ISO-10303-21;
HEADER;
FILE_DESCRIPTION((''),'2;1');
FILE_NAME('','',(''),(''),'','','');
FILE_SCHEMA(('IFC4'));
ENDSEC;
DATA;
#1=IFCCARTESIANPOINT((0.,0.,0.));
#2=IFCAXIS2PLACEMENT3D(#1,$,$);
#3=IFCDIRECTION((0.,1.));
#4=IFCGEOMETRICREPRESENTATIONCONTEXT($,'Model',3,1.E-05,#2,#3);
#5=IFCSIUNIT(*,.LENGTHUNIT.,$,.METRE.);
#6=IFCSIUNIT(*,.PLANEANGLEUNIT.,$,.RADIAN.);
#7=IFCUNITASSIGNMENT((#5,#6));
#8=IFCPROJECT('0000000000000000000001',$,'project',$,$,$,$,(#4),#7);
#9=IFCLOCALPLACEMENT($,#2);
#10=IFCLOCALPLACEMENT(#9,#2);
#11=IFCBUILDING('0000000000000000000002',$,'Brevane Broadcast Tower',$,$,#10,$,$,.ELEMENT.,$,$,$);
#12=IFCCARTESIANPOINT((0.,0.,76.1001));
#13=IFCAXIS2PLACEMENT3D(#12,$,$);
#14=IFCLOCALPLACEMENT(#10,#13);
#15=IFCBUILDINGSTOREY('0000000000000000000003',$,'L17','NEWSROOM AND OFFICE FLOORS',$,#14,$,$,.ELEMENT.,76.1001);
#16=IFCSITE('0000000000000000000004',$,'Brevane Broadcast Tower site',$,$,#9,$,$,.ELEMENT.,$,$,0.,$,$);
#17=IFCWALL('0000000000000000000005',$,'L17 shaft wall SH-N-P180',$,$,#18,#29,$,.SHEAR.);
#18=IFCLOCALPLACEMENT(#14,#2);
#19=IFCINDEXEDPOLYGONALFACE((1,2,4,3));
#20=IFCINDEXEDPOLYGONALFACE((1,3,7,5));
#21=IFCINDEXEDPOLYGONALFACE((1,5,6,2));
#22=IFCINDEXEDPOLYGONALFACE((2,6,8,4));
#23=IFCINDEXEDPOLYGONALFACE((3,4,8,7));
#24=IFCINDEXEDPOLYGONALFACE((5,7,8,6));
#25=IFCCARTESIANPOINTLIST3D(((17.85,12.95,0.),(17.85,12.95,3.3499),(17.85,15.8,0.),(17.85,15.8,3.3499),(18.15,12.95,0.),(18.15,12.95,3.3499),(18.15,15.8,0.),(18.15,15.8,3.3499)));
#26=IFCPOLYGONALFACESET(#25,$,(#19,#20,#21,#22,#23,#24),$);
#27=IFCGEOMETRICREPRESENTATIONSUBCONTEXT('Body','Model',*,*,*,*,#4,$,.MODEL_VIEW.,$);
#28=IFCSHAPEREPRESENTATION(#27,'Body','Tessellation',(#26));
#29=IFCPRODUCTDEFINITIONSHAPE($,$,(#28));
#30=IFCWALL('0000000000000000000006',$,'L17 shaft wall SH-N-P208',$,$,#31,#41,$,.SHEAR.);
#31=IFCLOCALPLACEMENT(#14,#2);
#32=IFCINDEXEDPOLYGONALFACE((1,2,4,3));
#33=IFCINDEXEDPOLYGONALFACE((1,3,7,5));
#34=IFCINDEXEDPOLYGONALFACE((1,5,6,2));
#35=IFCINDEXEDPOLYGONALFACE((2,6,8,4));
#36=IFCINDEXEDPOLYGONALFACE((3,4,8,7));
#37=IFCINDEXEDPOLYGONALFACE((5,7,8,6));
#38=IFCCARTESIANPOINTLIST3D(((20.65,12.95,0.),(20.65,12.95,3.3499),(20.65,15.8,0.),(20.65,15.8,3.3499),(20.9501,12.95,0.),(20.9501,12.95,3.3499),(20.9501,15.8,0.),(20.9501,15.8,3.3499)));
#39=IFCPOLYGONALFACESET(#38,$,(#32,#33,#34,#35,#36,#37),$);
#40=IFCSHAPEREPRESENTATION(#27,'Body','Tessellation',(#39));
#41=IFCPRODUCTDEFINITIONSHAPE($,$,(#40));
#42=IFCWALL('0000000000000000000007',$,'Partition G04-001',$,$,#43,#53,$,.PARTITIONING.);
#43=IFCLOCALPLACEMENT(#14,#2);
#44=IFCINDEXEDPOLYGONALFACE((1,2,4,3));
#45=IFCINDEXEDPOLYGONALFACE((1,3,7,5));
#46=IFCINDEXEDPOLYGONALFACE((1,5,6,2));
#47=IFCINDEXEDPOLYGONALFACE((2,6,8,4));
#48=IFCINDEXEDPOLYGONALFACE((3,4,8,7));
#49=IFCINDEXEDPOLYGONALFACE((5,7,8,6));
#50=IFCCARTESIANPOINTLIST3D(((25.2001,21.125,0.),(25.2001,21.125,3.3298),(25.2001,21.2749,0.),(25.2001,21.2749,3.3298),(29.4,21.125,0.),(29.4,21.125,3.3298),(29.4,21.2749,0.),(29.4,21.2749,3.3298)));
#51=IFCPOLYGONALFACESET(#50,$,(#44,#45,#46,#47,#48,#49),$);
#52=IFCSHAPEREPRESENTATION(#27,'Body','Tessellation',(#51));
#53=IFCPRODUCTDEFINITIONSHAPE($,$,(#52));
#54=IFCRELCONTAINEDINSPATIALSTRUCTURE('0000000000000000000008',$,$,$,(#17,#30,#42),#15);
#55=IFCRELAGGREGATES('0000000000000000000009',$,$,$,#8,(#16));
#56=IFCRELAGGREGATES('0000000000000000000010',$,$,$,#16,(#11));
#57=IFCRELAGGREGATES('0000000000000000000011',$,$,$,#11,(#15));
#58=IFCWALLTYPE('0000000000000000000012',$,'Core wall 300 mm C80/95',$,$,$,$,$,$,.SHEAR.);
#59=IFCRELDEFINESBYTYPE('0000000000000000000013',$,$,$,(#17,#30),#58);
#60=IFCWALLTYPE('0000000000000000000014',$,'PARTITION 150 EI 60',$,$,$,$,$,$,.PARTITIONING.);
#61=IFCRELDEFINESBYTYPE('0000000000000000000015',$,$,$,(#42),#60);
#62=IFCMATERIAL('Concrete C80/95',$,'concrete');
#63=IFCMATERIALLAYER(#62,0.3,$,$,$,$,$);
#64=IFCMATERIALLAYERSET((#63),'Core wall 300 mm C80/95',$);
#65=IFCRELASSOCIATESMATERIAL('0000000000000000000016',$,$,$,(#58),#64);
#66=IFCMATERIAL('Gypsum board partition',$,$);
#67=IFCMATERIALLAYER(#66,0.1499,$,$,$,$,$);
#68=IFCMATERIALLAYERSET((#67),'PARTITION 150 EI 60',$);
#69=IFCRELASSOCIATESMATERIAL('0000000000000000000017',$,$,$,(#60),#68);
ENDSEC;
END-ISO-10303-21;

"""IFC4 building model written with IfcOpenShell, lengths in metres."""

from ifc_helpers import new_model, si_unit, direction, frame, frame_2d, origin, place, context, subcontext, project, spatial, rectangle, extrude, material, layer, layer_set, type_object, element, save


model = new_model("IFC4")

# Units and contexts
model_context = context("Model", 3, precision=1e-05, world=origin(), true_north=direction((0.0, 1.0)))
body_context = subcontext(model_context, "Body", "Model", "MODEL_VIEW")
ifc_project = project(units=[si_unit("LENGTHUNIT", "METRE"), si_unit("PLANEANGLEUNIT", "RADIAN")], contexts=[model_context])

# Site, building, storey
site_placement = place(None, origin())
site = spatial("IfcSite", under=ifc_project, at=site_placement, Name="Brevane Broadcast Tower site", CompositionType="ELEMENT", RefElevation=0.0)
building_placement = place(site_placement, origin())
building = spatial("IfcBuilding", under=site, at=building_placement, Name="Brevane Broadcast Tower", CompositionType="ELEMENT")
storey_placement = place(building_placement, frame((0.0, 0.0, 76.1001)))
storey = spatial("IfcBuildingStorey", under=building, at=storey_placement, Name="L17", Description="NEWSROOM AND OFFICE FLOORS", CompositionType="ELEMENT", Elevation=76.1001)

# Walls
ifc_material_1 = material(Name="Concrete C80/95", Category="concrete")
ifc_layer_1 = layer(ifc_material_1, 0.3)
ifc_layer_set_1 = layer_set([ifc_layer_1], Name="Core wall 300 mm C80/95")
wall_type_1 = type_object("IfcWallType", Name="Core wall 300 mm C80/95", PredefinedType="SHEAR", material=ifc_layer_set_1)
for number, where, z_axis, x_axis, name in (
    (1, (18.0, 12.95, 0.0), (0.0, 0.0, 1.0), (0.0, 1.0, 0.0), "L17 shaft wall SH-N-P180"),
    (2, (20.8, 12.95, 0.0), (0.0, 0.0, 1.0), (0.0, 1.0, 0.0), "L17 shaft wall SH-N-P208"),
):
    element("IfcWall", number, at=place(storey_placement, frame(where, z_axis=z_axis, x_axis=x_axis)), inside=storey, type_object=wall_type_1, Name=name, PredefinedType="SHEAR", context=body_context, shape_type="SweptSolid", body=[
        extrude(rectangle(XDim=2.8501, YDim=0.3, at=frame_2d((1.425, 0.0))), origin(), (0.0, 0.0, 1.0), 3.3499),
    ])
ifc_material_2 = material(Name="Gypsum board partition")
ifc_layer_2 = layer(ifc_material_2, 0.1499)
ifc_layer_set_2 = layer_set([ifc_layer_2], Name="PARTITION 150 EI 60")
wall_type_2 = type_object("IfcWallType", Name="PARTITION 150 EI 60", PredefinedType="PARTITIONING", material=ifc_layer_set_2)
wall_1_placement = place(storey_placement, frame((25.2, 21.2, 0.0), z_axis=(0.0, 0.0, 1.0), x_axis=(1.0, 0.0, 0.0)))
element("IfcWall", 3, at=wall_1_placement, inside=storey, type_object=wall_type_2, Name="Partition G04-001", PredefinedType="PARTITIONING", context=body_context, shape_type="SweptSolid", body=[
    extrude(rectangle(XDim=4.2, YDim=0.1499, at=frame_2d((2.1001, 0.0))), origin(), (0.0, 0.0, 1.0), 3.3298),
])

save(model, "model.ifc")
